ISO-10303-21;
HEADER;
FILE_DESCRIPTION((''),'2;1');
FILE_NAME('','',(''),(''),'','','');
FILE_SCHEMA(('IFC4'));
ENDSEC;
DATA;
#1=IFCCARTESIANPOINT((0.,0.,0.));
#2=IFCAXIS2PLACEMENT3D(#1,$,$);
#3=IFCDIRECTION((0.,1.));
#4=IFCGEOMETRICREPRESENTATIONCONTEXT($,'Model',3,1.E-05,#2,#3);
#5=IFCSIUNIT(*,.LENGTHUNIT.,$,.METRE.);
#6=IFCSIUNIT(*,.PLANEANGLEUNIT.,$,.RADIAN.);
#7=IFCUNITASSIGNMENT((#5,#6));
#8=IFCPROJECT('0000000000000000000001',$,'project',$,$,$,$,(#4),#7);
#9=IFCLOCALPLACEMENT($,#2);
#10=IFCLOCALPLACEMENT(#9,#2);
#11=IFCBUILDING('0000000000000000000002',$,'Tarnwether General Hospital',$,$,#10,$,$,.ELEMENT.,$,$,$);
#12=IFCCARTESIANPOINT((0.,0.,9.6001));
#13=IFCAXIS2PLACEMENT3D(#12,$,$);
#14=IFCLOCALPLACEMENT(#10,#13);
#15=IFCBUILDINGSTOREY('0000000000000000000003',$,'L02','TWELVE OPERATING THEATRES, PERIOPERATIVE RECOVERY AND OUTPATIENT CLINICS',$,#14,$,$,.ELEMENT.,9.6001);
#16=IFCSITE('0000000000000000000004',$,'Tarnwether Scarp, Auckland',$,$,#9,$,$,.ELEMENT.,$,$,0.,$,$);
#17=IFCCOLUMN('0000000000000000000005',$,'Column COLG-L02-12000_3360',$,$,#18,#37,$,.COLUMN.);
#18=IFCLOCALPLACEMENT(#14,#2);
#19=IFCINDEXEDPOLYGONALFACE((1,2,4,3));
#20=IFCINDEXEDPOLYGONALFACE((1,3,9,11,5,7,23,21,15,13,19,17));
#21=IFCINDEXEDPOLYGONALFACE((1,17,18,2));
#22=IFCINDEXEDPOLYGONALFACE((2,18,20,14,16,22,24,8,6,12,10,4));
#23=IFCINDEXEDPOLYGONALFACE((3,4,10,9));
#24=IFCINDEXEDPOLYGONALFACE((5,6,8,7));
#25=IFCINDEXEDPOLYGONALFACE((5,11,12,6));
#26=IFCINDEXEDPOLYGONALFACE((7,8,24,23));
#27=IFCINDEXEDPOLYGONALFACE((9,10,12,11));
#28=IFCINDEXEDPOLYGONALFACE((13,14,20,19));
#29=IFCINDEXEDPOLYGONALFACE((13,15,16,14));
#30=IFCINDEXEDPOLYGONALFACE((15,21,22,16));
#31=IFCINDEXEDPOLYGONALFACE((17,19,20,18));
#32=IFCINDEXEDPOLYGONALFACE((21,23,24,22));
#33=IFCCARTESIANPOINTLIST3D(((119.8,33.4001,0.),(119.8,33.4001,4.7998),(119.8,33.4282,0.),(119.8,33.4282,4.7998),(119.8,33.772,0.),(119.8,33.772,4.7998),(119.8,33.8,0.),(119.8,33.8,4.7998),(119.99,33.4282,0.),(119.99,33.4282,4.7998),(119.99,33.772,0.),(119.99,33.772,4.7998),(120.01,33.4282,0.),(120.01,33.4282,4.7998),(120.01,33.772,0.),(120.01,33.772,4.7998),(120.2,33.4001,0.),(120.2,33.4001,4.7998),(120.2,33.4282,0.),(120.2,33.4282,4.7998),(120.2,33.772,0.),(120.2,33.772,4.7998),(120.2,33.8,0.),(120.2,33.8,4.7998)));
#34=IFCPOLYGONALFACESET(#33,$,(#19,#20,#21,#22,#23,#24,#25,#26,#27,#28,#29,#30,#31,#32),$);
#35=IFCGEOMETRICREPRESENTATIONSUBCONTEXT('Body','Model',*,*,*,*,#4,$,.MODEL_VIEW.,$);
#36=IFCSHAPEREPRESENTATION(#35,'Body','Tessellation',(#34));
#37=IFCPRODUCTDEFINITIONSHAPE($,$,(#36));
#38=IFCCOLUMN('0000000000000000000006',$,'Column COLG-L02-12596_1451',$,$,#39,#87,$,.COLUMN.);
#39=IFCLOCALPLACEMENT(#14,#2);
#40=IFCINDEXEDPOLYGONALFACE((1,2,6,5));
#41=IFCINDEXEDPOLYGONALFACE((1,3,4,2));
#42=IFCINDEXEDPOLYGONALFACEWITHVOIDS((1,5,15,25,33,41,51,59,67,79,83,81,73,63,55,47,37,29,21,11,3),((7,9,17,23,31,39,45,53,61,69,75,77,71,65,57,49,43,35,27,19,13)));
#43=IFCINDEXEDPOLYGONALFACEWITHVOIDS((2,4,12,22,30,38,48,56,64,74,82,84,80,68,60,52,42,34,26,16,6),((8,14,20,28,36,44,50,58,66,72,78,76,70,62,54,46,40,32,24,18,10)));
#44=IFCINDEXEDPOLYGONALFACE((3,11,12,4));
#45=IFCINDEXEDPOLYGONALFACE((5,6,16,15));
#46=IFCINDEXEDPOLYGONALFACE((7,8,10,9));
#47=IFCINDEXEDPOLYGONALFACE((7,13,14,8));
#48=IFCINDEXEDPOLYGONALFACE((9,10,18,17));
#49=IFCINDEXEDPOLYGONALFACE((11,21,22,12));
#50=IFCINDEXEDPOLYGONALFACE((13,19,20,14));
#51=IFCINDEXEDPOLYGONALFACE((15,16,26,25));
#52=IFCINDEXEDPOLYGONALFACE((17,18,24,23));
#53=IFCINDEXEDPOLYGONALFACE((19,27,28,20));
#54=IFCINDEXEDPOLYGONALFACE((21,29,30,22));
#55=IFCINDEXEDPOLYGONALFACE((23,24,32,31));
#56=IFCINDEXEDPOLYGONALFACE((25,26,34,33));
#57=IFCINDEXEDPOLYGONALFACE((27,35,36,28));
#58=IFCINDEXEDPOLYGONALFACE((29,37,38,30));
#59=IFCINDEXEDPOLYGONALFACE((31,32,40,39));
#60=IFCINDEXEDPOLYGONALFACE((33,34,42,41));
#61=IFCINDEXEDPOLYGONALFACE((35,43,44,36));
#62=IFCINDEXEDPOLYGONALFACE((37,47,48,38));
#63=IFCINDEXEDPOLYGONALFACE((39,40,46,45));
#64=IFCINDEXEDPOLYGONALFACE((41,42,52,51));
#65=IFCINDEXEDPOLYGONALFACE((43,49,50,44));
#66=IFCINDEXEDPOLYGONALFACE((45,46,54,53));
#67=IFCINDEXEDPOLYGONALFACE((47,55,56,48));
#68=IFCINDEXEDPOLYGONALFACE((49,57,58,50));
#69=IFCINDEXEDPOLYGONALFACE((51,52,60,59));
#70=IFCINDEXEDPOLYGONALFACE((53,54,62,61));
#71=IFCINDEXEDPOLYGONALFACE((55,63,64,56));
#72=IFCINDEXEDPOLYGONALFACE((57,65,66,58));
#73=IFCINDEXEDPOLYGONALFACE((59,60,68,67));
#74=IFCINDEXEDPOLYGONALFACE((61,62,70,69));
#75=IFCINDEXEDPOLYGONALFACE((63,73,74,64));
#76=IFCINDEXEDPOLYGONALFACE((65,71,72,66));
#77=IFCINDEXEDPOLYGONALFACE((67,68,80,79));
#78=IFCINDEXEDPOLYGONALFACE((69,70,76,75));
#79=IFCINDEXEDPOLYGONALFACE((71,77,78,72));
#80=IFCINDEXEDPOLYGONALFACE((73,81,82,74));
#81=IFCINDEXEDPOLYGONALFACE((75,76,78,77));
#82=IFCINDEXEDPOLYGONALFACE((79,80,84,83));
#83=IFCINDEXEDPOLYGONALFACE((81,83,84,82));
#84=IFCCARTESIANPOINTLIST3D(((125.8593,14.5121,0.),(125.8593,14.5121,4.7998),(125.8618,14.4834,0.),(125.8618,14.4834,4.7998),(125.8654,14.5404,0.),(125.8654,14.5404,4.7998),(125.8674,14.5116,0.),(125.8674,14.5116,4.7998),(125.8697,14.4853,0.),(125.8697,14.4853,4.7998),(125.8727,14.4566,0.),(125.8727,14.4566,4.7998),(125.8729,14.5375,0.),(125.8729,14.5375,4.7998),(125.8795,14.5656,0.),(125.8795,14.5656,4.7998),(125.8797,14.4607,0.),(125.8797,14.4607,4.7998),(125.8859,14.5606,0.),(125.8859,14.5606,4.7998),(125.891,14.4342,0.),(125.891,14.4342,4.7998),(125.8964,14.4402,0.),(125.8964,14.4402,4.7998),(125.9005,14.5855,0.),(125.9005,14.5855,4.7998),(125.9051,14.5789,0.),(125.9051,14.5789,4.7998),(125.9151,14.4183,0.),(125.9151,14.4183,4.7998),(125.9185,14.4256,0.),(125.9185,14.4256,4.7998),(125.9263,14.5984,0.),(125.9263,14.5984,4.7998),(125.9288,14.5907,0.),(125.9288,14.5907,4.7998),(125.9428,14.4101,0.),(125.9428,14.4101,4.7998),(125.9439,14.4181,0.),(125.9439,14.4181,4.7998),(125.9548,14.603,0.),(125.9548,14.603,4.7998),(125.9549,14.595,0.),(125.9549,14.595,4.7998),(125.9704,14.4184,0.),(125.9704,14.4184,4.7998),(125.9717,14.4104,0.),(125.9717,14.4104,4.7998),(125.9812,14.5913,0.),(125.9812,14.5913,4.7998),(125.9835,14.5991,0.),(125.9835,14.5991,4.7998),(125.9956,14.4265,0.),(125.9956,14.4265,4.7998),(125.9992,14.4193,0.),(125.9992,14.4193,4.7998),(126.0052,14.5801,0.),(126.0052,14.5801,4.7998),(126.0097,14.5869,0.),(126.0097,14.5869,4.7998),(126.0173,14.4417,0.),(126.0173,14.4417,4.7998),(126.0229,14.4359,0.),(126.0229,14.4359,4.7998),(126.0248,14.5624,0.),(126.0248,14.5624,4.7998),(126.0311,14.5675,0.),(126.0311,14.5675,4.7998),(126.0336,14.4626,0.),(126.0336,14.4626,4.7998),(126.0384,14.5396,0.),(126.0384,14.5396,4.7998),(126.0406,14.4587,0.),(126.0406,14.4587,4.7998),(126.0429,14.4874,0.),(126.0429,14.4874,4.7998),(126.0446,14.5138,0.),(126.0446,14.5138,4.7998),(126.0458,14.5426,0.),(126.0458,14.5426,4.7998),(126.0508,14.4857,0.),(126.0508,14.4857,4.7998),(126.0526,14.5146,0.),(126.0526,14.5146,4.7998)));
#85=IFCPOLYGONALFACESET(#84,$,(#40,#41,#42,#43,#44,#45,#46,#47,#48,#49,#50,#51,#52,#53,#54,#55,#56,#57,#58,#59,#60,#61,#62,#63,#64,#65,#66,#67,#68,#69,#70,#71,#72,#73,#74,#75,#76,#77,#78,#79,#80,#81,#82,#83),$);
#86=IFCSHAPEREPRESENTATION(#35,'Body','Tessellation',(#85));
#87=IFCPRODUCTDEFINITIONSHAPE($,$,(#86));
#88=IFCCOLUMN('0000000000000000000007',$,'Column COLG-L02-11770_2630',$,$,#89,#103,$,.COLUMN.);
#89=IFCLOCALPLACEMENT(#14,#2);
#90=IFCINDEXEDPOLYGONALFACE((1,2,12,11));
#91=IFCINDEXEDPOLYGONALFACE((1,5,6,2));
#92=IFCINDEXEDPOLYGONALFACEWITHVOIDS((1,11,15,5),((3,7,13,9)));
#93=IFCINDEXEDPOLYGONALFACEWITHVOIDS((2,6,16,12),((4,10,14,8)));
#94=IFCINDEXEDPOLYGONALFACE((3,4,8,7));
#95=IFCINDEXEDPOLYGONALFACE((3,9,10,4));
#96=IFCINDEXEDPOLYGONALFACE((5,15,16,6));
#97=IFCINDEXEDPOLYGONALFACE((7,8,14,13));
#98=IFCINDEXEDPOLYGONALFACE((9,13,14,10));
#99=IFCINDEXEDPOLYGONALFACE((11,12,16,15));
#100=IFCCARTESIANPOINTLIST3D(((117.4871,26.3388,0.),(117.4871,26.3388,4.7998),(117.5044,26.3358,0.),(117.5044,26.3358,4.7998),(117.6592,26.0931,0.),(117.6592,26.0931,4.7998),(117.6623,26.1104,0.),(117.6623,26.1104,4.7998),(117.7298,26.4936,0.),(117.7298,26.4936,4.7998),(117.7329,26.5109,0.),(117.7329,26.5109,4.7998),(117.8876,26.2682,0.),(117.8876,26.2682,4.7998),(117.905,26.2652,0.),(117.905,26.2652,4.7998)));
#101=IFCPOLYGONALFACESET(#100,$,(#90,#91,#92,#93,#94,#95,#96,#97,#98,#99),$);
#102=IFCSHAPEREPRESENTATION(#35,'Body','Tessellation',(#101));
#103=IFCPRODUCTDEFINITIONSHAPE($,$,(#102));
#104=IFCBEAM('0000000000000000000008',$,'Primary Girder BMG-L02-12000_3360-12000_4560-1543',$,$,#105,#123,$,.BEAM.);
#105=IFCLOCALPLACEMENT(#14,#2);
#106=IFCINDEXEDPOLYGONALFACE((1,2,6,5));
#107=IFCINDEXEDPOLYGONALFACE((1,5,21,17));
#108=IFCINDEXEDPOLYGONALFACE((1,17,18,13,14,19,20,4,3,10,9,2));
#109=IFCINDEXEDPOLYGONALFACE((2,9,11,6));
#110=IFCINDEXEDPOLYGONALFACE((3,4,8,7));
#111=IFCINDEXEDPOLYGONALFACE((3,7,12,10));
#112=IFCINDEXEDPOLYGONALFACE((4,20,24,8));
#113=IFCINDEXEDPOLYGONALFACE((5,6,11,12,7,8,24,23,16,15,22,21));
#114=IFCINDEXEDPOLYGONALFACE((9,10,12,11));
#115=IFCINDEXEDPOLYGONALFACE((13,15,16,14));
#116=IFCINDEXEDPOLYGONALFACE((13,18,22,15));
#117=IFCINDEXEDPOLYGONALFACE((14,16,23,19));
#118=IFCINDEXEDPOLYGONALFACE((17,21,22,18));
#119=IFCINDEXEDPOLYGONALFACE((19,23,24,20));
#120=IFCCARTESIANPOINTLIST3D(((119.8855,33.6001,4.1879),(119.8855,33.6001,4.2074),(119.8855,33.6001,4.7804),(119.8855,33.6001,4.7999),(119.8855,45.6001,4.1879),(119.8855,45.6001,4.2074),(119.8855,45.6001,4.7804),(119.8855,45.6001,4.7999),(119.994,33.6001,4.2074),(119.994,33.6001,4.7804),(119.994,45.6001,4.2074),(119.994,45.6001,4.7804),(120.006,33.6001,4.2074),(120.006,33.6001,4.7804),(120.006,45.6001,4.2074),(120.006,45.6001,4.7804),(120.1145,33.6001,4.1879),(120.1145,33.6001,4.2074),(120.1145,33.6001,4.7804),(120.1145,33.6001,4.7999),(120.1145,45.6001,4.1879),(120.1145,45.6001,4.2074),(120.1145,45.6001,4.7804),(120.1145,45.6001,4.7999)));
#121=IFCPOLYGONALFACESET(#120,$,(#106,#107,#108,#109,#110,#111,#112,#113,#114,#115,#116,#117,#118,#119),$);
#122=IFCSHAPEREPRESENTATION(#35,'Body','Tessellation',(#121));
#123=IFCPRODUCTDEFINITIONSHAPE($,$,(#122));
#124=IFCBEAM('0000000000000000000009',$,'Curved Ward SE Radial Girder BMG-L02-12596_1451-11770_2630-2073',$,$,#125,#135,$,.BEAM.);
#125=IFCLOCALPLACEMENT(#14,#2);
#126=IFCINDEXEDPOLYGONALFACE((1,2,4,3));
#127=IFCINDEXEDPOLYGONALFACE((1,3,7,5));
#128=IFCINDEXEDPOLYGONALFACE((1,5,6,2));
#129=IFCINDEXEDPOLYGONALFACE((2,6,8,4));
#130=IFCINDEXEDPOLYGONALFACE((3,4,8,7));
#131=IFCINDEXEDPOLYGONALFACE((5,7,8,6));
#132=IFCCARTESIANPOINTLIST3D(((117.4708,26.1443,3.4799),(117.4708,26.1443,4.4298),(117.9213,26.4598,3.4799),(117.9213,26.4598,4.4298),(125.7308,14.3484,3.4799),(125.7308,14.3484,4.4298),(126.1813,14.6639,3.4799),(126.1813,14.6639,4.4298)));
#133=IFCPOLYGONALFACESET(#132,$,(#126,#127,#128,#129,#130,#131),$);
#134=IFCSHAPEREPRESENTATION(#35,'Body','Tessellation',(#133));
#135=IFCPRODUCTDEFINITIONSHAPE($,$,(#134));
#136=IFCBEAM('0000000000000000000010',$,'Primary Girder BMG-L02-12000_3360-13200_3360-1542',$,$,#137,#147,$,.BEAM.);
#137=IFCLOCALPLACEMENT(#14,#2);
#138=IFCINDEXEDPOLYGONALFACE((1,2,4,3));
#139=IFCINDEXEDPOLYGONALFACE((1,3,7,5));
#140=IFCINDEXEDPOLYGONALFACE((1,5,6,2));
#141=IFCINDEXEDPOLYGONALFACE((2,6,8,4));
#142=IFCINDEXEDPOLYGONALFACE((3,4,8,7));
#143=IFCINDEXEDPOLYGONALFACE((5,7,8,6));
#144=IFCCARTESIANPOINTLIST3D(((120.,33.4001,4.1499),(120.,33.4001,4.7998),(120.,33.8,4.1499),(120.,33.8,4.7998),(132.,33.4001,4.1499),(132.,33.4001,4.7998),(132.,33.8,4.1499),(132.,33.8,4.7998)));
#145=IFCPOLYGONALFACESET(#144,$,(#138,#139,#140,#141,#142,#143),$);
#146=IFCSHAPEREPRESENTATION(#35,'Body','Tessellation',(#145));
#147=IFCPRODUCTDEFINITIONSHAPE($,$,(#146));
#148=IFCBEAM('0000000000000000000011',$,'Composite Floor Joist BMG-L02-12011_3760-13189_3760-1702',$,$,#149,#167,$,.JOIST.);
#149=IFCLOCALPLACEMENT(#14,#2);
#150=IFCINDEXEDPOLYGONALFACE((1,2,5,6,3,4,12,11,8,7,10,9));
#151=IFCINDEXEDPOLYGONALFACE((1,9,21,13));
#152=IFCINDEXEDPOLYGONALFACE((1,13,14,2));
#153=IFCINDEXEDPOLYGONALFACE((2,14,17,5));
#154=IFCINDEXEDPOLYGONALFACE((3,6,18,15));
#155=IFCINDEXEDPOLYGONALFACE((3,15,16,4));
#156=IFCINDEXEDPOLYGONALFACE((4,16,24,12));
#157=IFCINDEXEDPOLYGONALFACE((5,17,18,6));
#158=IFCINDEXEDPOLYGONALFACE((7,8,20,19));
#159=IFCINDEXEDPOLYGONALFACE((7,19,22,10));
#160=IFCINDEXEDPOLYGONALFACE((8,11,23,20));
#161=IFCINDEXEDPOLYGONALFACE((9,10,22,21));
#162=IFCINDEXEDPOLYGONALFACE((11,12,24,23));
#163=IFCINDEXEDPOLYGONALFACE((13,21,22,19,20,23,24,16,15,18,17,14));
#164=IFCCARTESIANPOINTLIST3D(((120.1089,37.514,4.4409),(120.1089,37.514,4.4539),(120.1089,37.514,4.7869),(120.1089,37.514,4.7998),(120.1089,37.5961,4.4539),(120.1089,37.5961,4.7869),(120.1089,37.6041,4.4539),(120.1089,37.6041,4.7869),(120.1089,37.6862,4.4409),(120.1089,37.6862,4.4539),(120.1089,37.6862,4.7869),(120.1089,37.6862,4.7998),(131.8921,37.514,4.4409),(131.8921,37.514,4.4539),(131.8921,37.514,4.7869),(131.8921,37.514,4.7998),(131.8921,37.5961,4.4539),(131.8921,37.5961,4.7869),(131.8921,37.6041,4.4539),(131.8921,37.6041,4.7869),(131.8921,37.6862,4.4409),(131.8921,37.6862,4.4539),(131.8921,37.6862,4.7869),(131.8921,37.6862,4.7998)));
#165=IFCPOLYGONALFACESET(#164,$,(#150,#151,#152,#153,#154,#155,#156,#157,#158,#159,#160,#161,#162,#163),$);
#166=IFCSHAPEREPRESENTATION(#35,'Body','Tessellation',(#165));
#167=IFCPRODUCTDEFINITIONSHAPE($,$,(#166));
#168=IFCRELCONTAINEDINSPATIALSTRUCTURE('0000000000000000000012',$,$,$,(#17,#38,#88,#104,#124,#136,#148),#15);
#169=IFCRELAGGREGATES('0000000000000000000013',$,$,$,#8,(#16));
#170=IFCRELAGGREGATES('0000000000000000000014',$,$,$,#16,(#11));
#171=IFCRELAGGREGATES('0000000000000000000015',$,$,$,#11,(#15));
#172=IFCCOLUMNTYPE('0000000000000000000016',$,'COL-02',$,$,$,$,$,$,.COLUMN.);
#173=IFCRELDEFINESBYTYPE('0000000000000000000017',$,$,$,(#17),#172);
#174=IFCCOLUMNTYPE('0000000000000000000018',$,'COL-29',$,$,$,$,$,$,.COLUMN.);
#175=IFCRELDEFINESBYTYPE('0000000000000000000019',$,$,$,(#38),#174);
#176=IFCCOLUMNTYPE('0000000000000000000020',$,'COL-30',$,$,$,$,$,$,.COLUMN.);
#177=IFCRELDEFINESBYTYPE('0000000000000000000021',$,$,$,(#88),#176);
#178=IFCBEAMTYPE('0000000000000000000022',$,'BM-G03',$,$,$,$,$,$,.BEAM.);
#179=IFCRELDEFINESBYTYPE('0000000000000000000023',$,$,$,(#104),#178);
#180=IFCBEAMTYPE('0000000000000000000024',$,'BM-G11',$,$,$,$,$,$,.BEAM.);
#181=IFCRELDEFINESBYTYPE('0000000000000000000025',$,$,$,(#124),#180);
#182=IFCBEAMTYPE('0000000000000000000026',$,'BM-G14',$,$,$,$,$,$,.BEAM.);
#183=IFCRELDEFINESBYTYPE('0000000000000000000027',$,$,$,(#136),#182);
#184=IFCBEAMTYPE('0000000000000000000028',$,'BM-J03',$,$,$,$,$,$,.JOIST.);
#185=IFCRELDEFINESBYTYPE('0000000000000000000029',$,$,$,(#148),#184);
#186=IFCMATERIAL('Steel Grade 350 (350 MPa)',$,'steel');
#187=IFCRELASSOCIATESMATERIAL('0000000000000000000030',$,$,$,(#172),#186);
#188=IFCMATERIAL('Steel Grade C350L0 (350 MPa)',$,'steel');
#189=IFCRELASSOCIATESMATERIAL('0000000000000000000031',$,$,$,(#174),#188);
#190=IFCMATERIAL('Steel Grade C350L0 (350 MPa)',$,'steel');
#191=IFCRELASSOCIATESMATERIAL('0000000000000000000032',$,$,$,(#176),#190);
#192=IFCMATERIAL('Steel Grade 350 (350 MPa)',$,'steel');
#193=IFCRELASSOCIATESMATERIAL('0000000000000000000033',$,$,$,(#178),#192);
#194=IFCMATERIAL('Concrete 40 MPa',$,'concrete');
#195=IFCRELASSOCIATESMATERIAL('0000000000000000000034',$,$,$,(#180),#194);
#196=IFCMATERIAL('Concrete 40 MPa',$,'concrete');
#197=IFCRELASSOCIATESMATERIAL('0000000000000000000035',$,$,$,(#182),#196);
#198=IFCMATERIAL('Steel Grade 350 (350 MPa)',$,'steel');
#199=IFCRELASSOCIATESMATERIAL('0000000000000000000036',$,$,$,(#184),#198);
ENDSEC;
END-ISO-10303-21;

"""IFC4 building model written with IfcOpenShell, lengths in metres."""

from ifc_helpers import new_model, si_unit, direction, frame, origin, origin_2d, place, context, subcontext, project, spatial, rectangle, hollow_rectangle, hollow_circle, i_section, extrude, material, material_profile, profile_set, type_object, element, save


model = new_model("IFC4")

# Units and contexts
model_context = context("Model", 3, precision=1e-05, world=origin(), true_north=direction((0.0, 1.0)))
body_context = subcontext(model_context, "Body", "Model", "MODEL_VIEW")
ifc_project = project(units=[si_unit("LENGTHUNIT", "METRE"), si_unit("PLANEANGLEUNIT", "RADIAN")], contexts=[model_context])

# Site, building, storey
site_placement = place(None, origin())
site = spatial("IfcSite", under=ifc_project, at=site_placement, Name="Tarnwether Scarp, Auckland", CompositionType="ELEMENT", RefElevation=0.0)
building_placement = place(site_placement, origin())
building = spatial("IfcBuilding", under=site, at=building_placement, Name="Tarnwether General Hospital", CompositionType="ELEMENT")
storey_placement = place(building_placement, frame((0.0, 0.0, 9.6001)))
storey = spatial("IfcBuildingStorey", under=building, at=storey_placement, Name="L02", Description="TWELVE OPERATING THEATRES, PERIOPERATIVE RECOVERY AND OUTPATIENT CLINICS", CompositionType="ELEMENT", Elevation=9.6001)

# Columns
ifc_material_1 = material(Name="Steel Grade 350 (350 MPa)", Category="steel")
ifc_material_profile_1 = material_profile(ifc_material_1, i_section(OverallWidth=0.3999, OverallDepth=0.3999, WebThickness=0.02, FlangeThickness=0.0281, at=origin_2d()), Name="400WC270")
ifc_profile_set_1 = profile_set([ifc_material_profile_1], Name="Steel Grade 350 (350 MPa)")
column_type_1 = type_object("IfcColumnType", Name="COL-02", PredefinedType="COLUMN", material=ifc_profile_set_1)
column_1_placement = place(storey_placement, frame((120.0, 33.6001, 0.0), z_axis=(0.0, 0.0, 1.0), x_axis=(1.0, 0.0, 0.0)))
element("IfcColumn", 1, at=column_1_placement, inside=storey, type_object=column_type_1, Name="Column COLG-L02-12000_3360", PredefinedType="COLUMN", context=body_context, shape_type="SweptSolid", body=[
    extrude(i_section(OverallWidth=0.3999, OverallDepth=0.3999, WebThickness=0.02, FlangeThickness=0.0281, at=origin_2d()), origin(), (0.0, 0.0, 1.0), 4.7998),
])
ifc_material_2 = material(Name="Steel Grade C350L0 (350 MPa)", Category="steel")
ifc_material_profile_2 = material_profile(ifc_material_2, hollow_circle(Radius=0.0969, WallThickness=0.0081, at=origin_2d()), Name="CHS193.7x8.0")
ifc_profile_set_2 = profile_set([ifc_material_profile_2], Name="Steel Grade C350L0 (350 MPa)")
column_type_2 = type_object("IfcColumnType", Name="COL-29", PredefinedType="COLUMN", material=ifc_profile_set_2)
column_2_placement = place(storey_placement, frame((125.9561, 14.5061, 0.0), z_axis=(0.0, 0.0, 1.0), x_axis=(-0.573576, 0.819152, 0.0)))
element("IfcColumn", 2, at=column_2_placement, inside=storey, type_object=column_type_2, Name="Column COLG-L02-12596_1451", PredefinedType="COLUMN", context=body_context, shape_type="SweptSolid", body=[
    extrude(hollow_circle(Radius=0.0969, WallThickness=0.0081, at=origin_2d()), origin(), (0.0, 0.0, 1.0), 4.7998),
])
ifc_material_3 = material(Name="Steel Grade C350L0 (350 MPa)", Category="steel")
ifc_material_profile_3 = material_profile(ifc_material_3, hollow_rectangle(XDim=0.3, YDim=0.3, WallThickness=0.0125, at=origin_2d()), Name="SHS300x300x12.5")
ifc_profile_set_3 = profile_set([ifc_material_profile_3], Name="Steel Grade C350L0 (350 MPa)")
column_type_3 = type_object("IfcColumnType", Name="COL-30", PredefinedType="COLUMN", material=ifc_profile_set_3)
column_3_placement = place(storey_placement, frame((117.696, 26.302, 0.0), z_axis=(0.0, 0.0, 1.0), x_axis=(-0.573576, 0.819152, 0.0)))
element("IfcColumn", 3, at=column_3_placement, inside=storey, type_object=column_type_3, Name="Column COLG-L02-11770_2630", PredefinedType="COLUMN", context=body_context, shape_type="SweptSolid", body=[
    extrude(hollow_rectangle(XDim=0.3, YDim=0.3, WallThickness=0.0125, at=origin_2d()), origin(), (0.0, 0.0, 1.0), 4.7998),
])

# Beams
ifc_material_4 = material(Name="Steel Grade 350 (350 MPa)", Category="steel")
ifc_material_profile_4 = material_profile(ifc_material_4, i_section(OverallWidth=0.229, OverallDepth=0.6121, WebThickness=0.012, FlangeThickness=0.0195, at=origin_2d()), Name="610UB125")
ifc_profile_set_4 = profile_set([ifc_material_profile_4], Name="Steel Grade 350 (350 MPa)")
beam_type_1 = type_object("IfcBeamType", Name="BM-G03", PredefinedType="BEAM", material=ifc_profile_set_4)
beam_1_placement = place(storey_placement, frame((120.0, 33.6001, 4.4939), z_axis=(0.0, 1.0, 0.0), x_axis=(-1.0, 0.0, 0.0)))
element("IfcBeam", 4, at=beam_1_placement, inside=storey, type_object=beam_type_1, Name="Primary Girder BMG-L02-12000_3360-12000_4560-1543", PredefinedType="BEAM", context=body_context, shape_type="SweptSolid", body=[
    extrude(i_section(OverallWidth=0.229, OverallDepth=0.6121, WebThickness=0.012, FlangeThickness=0.0195, at=origin_2d()), origin(), (0.0, 0.0, 1.0), 12.0),
])
ifc_material_5 = material(Name="Concrete 40 MPa", Category="concrete")
ifc_material_profile_5 = material_profile(ifc_material_5, rectangle(XDim=0.55, YDim=0.95, at=origin_2d()), Name="RC-BM-550x950")
ifc_profile_set_5 = profile_set([ifc_material_profile_5], Name="Concrete 40 MPa")
beam_type_2 = type_object("IfcBeamType", Name="BM-G11", PredefinedType="BEAM", material=ifc_profile_set_5)
beam_2_placement = place(storey_placement, frame((125.9561, 14.5061, 3.9548), z_axis=(-0.573597, 0.819138, 0.0), x_axis=(-0.819138, -0.573597, 0.0)))
element("IfcBeam", 5, at=beam_2_placement, inside=storey, type_object=beam_type_2, Name="Curved Ward SE Radial Girder BMG-L02-12596_1451-11770_2630-2073", PredefinedType="BEAM", context=body_context, shape_type="SweptSolid", body=[
    extrude(rectangle(XDim=0.55, YDim=0.95, at=origin_2d()), origin(), (0.0, 0.0, 1.0), 14.4004),
])
ifc_material_6 = material(Name="Concrete 40 MPa", Category="concrete")
ifc_material_profile_6 = material_profile(ifc_material_6, rectangle(XDim=0.3999, YDim=0.6499, at=origin_2d()), Name="RC-BM-400x650")
ifc_profile_set_6 = profile_set([ifc_material_profile_6], Name="Concrete 40 MPa")
beam_type_3 = type_object("IfcBeamType", Name="BM-G14", PredefinedType="BEAM", material=ifc_profile_set_6)
beam_3_placement = place(storey_placement, frame((120.0, 33.6001, 4.4749), z_axis=(1.0, 0.0, 0.0), x_axis=(0.0, 1.0, 0.0)))
element("IfcBeam", 6, at=beam_3_placement, inside=storey, type_object=beam_type_3, Name="Primary Girder BMG-L02-12000_3360-13200_3360-1542", PredefinedType="BEAM", context=body_context, shape_type="SweptSolid", body=[
    extrude(rectangle(XDim=0.3999, YDim=0.6499, at=origin_2d()), origin(), (0.0, 0.0, 1.0), 12.0),
])
ifc_material_7 = material(Name="Steel Grade 350 (350 MPa)", Category="steel")
ifc_material_profile_7 = material_profile(ifc_material_7, i_section(OverallWidth=0.1721, OverallDepth=0.3589, WebThickness=0.0081, FlangeThickness=0.0129, at=origin_2d()), Name="360UB56.7")
ifc_profile_set_7 = profile_set([ifc_material_profile_7], Name="Steel Grade 350 (350 MPa)")
beam_type_4 = type_object("IfcBeamType", Name="BM-J03", PredefinedType="JOIST", material=ifc_profile_set_7)
beam_4_placement = place(storey_placement, frame((120.1089, 37.6001, 4.6204), z_axis=(1.0, 0.0, 0.0), x_axis=(0.0, 1.0, 0.0)))
element("IfcBeam", 7, at=beam_4_placement, inside=storey, type_object=beam_type_4, Name="Composite Floor Joist BMG-L02-12011_3760-13189_3760-1702", PredefinedType="JOIST", context=body_context, shape_type="SweptSolid", body=[
    extrude(i_section(OverallWidth=0.1721, OverallDepth=0.3589, WebThickness=0.0081, FlangeThickness=0.0129, at=origin_2d()), origin(), (0.0, 0.0, 1.0), 11.7832),
])

save(model, "model.ifc")
